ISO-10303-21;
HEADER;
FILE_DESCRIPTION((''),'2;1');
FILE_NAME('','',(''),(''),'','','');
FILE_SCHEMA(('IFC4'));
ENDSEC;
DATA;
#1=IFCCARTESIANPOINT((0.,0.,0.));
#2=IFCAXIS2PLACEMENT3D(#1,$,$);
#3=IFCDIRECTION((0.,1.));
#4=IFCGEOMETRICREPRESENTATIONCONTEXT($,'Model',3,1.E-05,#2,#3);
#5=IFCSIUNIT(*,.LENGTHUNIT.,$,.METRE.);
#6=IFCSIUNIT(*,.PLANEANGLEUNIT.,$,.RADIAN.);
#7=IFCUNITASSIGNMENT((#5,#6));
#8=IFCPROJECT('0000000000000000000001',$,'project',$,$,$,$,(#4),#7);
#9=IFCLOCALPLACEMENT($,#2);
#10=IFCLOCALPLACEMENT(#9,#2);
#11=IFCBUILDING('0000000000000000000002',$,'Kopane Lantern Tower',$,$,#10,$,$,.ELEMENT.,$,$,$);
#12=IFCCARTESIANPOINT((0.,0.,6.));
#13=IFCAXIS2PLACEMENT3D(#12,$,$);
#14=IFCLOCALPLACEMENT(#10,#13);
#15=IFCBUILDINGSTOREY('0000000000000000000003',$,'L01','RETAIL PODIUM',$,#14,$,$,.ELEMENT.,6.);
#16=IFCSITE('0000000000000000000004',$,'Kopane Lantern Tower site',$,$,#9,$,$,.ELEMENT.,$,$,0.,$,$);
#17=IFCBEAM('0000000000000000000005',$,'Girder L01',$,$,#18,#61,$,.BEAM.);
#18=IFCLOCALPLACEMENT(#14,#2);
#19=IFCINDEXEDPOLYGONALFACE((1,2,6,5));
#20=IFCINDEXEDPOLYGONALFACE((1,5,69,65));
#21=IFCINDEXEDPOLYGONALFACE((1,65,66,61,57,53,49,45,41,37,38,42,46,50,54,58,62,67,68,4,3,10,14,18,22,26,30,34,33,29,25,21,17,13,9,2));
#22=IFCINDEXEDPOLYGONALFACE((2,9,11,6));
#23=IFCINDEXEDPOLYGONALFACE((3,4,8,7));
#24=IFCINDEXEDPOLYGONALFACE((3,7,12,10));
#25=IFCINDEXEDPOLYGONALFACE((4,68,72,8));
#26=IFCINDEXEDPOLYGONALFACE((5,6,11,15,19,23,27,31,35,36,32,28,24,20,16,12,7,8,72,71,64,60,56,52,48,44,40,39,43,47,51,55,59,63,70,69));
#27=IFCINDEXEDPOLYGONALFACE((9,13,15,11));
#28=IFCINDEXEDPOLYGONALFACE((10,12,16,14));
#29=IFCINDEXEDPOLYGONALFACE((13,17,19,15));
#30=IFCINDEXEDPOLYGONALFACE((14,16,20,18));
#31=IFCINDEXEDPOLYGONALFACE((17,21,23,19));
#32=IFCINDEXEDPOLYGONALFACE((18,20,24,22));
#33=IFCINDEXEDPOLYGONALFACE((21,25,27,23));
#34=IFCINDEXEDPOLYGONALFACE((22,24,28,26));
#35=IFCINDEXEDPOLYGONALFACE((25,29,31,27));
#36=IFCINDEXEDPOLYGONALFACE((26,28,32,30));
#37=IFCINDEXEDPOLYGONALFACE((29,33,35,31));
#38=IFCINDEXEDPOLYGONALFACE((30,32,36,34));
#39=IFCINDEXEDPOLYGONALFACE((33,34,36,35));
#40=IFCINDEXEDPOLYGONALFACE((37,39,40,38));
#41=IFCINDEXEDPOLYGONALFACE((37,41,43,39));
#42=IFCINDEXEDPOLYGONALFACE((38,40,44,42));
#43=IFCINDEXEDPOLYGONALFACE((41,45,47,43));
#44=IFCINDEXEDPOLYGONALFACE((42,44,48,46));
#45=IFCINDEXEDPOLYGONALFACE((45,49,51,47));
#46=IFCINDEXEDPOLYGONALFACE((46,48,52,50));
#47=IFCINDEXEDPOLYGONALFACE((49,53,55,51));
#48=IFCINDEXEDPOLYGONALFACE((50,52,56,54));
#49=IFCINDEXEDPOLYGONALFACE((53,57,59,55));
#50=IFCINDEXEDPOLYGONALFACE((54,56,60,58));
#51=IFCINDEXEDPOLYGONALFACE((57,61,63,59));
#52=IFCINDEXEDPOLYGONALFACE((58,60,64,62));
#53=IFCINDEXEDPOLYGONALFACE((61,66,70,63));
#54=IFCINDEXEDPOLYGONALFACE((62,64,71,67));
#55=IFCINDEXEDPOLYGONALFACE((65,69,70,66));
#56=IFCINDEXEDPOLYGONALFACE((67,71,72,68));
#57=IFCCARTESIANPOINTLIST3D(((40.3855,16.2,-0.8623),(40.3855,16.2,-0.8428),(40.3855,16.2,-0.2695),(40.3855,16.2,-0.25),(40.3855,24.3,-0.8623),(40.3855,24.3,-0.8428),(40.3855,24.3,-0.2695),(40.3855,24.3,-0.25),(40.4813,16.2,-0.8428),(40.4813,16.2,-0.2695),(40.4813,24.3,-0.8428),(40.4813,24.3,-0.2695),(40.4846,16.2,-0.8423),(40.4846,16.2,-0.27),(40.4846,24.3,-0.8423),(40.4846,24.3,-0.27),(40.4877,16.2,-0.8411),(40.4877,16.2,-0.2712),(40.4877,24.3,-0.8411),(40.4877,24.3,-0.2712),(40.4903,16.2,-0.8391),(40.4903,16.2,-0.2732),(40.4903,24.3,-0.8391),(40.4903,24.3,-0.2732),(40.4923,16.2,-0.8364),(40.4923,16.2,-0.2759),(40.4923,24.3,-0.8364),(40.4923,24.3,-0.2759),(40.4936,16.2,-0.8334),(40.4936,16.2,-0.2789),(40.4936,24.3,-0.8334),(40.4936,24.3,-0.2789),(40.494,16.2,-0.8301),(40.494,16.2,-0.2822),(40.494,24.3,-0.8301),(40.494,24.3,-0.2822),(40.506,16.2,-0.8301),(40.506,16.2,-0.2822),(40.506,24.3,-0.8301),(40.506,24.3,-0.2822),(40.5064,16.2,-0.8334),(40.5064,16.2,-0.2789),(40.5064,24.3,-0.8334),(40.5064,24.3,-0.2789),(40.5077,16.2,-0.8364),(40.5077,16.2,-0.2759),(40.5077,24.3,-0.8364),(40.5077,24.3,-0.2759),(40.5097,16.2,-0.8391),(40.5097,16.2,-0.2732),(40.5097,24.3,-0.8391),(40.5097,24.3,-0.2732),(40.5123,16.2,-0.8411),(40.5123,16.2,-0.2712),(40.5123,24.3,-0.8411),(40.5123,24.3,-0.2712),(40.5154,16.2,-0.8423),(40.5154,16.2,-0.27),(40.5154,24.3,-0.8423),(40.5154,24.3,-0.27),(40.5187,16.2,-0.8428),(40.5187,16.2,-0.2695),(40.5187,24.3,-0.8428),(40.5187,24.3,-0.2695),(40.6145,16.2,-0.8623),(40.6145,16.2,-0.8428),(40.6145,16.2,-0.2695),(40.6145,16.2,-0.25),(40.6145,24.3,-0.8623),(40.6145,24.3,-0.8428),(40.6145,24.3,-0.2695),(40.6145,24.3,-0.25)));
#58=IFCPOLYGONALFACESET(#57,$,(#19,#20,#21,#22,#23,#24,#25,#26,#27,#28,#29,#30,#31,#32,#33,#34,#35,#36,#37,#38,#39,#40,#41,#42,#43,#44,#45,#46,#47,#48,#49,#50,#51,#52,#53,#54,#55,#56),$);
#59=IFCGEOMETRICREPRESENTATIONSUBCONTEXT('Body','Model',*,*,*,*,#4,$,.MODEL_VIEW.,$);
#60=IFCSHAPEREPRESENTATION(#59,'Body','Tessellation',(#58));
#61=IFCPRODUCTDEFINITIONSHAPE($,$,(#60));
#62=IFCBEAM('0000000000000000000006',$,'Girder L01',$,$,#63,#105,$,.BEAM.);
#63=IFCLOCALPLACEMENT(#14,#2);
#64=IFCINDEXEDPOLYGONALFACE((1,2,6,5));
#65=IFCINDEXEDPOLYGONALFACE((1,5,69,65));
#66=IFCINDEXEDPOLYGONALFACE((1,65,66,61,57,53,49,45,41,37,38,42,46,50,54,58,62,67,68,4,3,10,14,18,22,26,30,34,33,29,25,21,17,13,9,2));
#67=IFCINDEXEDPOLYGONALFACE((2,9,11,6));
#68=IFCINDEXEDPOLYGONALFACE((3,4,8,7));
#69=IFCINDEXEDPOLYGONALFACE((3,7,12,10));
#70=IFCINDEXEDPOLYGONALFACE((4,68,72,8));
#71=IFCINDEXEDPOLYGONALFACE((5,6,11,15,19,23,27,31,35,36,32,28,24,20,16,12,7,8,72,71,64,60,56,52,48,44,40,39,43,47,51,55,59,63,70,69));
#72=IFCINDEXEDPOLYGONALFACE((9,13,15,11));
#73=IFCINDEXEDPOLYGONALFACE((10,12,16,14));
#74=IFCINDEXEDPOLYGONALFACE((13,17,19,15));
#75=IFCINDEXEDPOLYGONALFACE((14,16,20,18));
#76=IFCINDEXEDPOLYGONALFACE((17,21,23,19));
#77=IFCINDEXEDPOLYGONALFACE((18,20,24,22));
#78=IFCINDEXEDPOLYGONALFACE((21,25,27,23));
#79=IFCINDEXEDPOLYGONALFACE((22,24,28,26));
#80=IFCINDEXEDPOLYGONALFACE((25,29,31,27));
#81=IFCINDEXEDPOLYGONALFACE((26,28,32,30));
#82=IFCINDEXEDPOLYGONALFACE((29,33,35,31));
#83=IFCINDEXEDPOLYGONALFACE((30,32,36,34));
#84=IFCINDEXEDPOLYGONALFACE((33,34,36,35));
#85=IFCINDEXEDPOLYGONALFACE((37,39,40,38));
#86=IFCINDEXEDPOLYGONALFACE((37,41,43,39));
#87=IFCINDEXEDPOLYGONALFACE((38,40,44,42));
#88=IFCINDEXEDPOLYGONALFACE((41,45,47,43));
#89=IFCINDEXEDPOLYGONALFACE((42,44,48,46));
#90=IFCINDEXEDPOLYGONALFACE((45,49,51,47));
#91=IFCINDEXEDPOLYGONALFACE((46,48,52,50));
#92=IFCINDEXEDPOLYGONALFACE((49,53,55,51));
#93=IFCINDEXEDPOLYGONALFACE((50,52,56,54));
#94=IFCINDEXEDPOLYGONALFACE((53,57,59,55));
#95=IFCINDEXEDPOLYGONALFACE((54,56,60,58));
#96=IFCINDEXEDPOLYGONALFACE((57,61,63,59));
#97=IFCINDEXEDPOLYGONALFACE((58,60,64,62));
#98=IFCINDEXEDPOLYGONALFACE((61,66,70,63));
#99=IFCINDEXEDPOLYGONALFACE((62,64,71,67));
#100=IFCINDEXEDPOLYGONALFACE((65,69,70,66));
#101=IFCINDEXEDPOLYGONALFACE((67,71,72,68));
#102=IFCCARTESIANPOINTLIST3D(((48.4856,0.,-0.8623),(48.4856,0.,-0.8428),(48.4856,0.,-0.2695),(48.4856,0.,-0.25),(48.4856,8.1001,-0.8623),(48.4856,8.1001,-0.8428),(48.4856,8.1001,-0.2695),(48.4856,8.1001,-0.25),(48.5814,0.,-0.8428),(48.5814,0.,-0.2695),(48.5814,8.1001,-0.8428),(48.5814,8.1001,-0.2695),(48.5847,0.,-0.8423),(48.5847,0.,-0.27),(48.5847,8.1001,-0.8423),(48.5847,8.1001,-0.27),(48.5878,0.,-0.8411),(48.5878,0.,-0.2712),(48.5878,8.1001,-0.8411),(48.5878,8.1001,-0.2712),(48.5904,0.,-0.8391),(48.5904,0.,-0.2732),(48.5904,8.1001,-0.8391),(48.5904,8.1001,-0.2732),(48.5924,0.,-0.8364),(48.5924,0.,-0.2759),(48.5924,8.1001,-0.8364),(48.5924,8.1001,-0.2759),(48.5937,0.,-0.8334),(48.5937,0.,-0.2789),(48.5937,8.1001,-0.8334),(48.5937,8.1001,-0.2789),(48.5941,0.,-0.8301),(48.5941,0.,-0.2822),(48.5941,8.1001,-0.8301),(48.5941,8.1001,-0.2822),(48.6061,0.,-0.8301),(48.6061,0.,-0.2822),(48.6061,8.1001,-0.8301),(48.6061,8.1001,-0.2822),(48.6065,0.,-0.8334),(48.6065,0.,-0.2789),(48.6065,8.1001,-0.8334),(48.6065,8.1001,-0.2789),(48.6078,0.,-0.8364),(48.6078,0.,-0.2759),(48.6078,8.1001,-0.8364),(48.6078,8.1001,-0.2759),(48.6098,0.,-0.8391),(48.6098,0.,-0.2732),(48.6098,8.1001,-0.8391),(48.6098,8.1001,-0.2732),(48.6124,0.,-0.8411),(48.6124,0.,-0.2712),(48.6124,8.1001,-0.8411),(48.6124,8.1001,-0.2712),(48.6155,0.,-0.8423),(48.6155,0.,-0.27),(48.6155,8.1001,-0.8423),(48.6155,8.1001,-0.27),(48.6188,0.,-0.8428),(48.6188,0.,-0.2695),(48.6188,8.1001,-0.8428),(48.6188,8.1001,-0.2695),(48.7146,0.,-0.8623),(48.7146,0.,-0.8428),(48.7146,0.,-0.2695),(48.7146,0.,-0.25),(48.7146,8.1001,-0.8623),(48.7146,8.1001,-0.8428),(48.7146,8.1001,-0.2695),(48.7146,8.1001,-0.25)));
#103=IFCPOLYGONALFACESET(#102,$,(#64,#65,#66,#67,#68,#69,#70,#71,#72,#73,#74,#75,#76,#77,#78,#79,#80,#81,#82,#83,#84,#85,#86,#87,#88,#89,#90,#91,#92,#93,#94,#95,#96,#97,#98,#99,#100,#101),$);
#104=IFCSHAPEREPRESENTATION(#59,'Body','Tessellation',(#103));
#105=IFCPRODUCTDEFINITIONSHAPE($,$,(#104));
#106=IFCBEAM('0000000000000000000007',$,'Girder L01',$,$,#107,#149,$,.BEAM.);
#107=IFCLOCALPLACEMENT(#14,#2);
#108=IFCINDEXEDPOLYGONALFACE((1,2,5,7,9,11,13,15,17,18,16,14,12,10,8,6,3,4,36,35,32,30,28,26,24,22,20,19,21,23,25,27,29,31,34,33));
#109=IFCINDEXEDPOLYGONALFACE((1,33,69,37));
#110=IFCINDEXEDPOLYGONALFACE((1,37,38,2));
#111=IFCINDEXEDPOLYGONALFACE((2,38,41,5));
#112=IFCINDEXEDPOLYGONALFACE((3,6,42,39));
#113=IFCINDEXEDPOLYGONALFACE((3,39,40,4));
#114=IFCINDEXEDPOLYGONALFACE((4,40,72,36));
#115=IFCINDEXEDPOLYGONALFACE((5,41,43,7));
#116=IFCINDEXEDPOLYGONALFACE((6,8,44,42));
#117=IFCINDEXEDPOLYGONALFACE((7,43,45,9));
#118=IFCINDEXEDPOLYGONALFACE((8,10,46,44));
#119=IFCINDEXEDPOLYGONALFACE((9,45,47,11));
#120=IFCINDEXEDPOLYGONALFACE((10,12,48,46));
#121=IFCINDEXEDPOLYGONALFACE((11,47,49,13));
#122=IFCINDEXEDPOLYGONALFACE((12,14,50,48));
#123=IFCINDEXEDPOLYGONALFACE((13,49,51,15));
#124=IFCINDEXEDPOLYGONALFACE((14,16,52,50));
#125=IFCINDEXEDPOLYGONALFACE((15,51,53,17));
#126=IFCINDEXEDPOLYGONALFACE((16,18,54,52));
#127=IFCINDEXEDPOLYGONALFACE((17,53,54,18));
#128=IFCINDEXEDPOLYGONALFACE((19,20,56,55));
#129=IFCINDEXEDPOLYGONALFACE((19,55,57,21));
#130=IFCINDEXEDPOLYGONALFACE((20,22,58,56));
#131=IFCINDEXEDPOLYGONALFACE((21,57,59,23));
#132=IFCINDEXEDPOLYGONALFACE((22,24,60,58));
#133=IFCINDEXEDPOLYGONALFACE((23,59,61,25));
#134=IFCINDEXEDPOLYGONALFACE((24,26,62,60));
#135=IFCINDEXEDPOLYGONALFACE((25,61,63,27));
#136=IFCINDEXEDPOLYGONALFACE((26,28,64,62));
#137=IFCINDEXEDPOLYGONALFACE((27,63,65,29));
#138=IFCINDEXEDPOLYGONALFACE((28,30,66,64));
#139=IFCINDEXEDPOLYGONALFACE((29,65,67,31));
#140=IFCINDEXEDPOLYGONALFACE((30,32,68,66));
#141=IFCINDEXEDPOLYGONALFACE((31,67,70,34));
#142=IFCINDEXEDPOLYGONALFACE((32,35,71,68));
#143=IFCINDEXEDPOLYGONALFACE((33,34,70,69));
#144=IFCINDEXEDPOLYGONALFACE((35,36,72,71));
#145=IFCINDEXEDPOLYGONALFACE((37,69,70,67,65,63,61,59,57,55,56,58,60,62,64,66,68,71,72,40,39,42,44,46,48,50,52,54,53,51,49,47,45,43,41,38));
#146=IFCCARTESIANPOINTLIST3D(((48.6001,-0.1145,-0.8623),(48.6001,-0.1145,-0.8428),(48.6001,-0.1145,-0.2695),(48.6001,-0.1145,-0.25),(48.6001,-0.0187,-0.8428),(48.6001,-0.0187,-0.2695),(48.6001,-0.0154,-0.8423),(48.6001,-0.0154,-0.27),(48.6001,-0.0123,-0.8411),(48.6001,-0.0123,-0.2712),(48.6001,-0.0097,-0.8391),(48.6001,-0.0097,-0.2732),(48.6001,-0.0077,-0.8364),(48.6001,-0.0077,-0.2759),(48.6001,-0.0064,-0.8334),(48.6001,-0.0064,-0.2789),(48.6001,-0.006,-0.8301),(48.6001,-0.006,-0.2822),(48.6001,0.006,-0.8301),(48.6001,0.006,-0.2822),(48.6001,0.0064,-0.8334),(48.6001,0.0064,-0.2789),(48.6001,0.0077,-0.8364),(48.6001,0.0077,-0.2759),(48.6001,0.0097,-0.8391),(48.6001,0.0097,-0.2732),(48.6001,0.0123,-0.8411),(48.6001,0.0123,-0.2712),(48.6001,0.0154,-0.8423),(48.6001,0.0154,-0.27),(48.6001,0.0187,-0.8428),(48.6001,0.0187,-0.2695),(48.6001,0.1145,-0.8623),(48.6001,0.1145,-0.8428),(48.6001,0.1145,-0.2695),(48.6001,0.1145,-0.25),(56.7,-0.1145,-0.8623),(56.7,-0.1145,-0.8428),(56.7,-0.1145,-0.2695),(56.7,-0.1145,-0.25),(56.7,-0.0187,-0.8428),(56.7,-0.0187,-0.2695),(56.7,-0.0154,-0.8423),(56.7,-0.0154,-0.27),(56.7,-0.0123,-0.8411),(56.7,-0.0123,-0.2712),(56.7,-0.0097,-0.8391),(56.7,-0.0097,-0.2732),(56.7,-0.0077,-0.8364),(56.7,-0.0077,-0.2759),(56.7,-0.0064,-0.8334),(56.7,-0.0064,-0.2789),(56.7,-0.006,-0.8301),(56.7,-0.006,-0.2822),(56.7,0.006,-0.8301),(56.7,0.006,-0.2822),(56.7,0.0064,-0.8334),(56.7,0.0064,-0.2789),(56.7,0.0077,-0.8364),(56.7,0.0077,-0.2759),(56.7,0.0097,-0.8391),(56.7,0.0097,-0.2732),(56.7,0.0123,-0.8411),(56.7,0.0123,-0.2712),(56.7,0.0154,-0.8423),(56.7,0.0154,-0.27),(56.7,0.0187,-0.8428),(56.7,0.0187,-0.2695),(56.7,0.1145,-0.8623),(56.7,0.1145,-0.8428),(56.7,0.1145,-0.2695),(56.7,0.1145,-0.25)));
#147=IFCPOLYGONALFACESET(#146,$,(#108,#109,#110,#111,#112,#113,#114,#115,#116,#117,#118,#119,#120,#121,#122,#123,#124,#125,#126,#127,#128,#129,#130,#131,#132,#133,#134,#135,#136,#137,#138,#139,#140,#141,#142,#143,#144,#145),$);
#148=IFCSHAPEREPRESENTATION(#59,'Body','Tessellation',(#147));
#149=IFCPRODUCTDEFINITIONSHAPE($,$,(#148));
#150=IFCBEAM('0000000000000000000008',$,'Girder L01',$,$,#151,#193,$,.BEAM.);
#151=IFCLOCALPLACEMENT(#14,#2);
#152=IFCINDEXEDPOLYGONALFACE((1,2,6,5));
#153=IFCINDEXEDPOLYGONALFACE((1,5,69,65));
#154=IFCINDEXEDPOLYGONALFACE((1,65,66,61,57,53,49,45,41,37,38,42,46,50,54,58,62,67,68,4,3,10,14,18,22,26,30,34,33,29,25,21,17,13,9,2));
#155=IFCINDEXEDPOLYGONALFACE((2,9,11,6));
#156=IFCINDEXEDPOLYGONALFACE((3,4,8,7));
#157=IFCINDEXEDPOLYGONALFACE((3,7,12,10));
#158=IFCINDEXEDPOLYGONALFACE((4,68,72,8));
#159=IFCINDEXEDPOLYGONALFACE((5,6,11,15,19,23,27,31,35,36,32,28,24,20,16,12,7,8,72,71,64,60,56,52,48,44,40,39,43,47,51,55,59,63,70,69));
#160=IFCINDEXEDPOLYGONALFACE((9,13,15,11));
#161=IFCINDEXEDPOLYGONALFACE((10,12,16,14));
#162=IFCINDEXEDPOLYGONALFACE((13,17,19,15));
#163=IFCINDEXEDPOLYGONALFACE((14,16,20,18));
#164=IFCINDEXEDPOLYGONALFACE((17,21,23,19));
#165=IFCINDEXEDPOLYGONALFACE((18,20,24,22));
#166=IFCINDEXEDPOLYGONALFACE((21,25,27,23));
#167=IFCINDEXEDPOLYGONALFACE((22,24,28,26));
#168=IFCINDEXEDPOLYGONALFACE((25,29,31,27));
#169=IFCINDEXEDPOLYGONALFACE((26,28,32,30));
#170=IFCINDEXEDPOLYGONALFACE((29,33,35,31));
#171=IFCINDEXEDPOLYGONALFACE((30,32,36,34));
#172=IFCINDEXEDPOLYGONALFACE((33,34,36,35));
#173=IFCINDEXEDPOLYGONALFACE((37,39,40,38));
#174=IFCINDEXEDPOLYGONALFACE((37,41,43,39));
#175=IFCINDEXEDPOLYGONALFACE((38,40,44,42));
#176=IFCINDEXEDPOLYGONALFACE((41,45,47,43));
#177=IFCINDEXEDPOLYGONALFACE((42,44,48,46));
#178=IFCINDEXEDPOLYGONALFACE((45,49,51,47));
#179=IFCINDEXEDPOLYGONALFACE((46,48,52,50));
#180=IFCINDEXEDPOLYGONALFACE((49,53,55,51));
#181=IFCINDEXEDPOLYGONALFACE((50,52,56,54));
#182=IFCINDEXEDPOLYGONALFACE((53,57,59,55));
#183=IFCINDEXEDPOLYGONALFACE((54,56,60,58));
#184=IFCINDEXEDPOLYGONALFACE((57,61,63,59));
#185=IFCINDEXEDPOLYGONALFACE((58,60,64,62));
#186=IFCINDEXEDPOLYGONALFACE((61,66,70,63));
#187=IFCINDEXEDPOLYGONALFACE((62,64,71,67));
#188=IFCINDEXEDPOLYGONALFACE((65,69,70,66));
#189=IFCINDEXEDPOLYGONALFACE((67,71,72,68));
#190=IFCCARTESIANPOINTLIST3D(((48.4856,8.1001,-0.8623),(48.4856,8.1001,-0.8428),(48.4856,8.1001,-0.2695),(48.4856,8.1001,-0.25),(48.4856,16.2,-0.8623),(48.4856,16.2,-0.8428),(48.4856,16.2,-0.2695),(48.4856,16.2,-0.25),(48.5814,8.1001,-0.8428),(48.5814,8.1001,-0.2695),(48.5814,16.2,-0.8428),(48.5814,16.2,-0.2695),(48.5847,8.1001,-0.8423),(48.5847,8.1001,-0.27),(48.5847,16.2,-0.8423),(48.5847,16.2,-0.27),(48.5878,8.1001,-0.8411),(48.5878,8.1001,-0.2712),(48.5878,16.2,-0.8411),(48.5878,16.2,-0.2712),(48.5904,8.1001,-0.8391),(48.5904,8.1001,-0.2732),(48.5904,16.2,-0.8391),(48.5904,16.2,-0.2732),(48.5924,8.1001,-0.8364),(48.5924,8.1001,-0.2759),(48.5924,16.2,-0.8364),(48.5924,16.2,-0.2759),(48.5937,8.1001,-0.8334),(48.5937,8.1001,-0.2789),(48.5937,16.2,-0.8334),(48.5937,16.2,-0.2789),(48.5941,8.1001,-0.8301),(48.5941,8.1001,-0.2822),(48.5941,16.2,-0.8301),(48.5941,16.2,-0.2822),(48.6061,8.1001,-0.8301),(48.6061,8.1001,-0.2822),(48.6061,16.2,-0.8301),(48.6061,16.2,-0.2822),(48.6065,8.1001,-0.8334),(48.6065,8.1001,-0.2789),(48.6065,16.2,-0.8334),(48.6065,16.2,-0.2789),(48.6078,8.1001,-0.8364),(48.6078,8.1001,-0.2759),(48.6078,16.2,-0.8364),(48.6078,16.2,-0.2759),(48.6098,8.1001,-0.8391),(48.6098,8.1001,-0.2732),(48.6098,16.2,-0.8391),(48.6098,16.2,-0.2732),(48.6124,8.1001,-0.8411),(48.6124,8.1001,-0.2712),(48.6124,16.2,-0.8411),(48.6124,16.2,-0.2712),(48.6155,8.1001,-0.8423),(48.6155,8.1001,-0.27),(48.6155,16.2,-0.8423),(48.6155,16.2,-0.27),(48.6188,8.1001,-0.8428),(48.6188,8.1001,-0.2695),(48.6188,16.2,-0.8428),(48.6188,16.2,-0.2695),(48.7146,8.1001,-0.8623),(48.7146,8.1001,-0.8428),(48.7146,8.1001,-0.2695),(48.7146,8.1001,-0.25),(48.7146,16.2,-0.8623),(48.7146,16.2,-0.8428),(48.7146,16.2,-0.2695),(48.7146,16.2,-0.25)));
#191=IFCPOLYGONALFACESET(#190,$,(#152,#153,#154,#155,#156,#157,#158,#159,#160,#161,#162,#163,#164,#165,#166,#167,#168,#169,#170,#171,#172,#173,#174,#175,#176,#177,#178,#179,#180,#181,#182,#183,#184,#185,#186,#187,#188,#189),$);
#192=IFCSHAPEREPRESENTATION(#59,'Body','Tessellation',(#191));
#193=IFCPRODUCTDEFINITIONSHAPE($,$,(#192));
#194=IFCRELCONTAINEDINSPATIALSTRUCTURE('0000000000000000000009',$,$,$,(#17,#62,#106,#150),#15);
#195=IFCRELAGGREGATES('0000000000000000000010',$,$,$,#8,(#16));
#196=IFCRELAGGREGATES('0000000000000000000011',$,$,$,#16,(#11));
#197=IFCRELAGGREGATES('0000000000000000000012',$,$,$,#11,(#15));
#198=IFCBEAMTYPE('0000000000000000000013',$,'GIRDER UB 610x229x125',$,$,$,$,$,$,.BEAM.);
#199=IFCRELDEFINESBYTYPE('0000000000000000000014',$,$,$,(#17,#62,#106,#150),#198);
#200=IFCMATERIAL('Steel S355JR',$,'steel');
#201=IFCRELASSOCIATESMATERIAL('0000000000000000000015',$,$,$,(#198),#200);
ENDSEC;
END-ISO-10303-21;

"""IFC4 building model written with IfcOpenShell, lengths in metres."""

from ifc_helpers import new_model, si_unit, direction, frame, origin, origin_2d, place, context, subcontext, project, spatial, i_section, extrude, material, material_profile, profile_set, type_object, element, save


model = new_model("IFC4")

# Units and contexts
model_context = context("Model", 3, precision=1e-05, world=origin(), true_north=direction((0.0, 1.0)))
body_context = subcontext(model_context, "Body", "Model", "MODEL_VIEW")
ifc_project = project(units=[si_unit("LENGTHUNIT", "METRE"), si_unit("PLANEANGLEUNIT", "RADIAN")], contexts=[model_context])

# Site, building, storey
site_placement = place(None, origin())
site = spatial("IfcSite", under=ifc_project, at=site_placement, Name="Kopane Lantern Tower site", CompositionType="ELEMENT", RefElevation=0.0)
building_placement = place(site_placement, origin())
building = spatial("IfcBuilding", under=site, at=building_placement, Name="Kopane Lantern Tower", CompositionType="ELEMENT")
storey_placement = place(building_placement, frame((0.0, 0.0, 6.0)))
storey = spatial("IfcBuildingStorey", under=building, at=storey_placement, Name="L01", Description="RETAIL PODIUM", CompositionType="ELEMENT", Elevation=6.0)

# Beams
ifc_material_1 = material(Name="Steel S355JR", Category="steel")
ifc_material_profile_1 = material_profile(ifc_material_1, i_section(OverallWidth=0.229, OverallDepth=0.6123, WebThickness=0.012, FlangeThickness=0.0195, FilletRadius=0.0127, at=origin_2d()), Name="UB 610x229x125")
ifc_profile_set_1 = profile_set([ifc_material_profile_1], Name="Steel S355JR")
beam_type = type_object("IfcBeamType", Name="GIRDER UB 610x229x125", PredefinedType="BEAM", material=ifc_profile_set_1)
for number, where, z_axis, x_axis, name in (
    (1, (40.5, 16.2, -0.5562), (0.0, 1.0, 0.0), (-1.0, 0.0, 0.0), "Girder L01"),
    (2, (48.6001, 0.0, -0.5562), (0.0, 1.0, 0.0), (-1.0, 0.0, 0.0), "Girder L01"),
):
    element("IfcBeam", number, at=place(storey_placement, frame(where, z_axis=z_axis, x_axis=x_axis)), inside=storey, type_object=beam_type, Name=name, PredefinedType="BEAM", context=body_context, shape_type="SweptSolid", body=[
        extrude(i_section(OverallWidth=0.229, OverallDepth=0.6123, WebThickness=0.012, FlangeThickness=0.0195, FilletRadius=0.0127, at=origin_2d()), origin(), (0.0, 0.0, 1.0), 8.1001),
    ])
for number, where, z_axis, x_axis, name in (
    (3, (48.6001, 0.0, -0.5562), (1.0, 0.0, 0.0), (0.0, 1.0, 0.0), "Girder L01"),
    (4, (48.6001, 8.1001, -0.5562), (0.0, 1.0, 0.0), (-1.0, 0.0, 0.0), "Girder L01"),
):
    element("IfcBeam", number, at=place(storey_placement, frame(where, z_axis=z_axis, x_axis=x_axis)), inside=storey, type_object=beam_type, Name=name, PredefinedType="BEAM", context=body_context, shape_type="SweptSolid", body=[
        extrude(i_section(OverallWidth=0.229, OverallDepth=0.6123, WebThickness=0.012, FlangeThickness=0.0195, FilletRadius=0.0127, at=origin_2d()), origin(), (0.0, 0.0, 1.0), 8.0999),
    ])

save(model, "model.ifc")
